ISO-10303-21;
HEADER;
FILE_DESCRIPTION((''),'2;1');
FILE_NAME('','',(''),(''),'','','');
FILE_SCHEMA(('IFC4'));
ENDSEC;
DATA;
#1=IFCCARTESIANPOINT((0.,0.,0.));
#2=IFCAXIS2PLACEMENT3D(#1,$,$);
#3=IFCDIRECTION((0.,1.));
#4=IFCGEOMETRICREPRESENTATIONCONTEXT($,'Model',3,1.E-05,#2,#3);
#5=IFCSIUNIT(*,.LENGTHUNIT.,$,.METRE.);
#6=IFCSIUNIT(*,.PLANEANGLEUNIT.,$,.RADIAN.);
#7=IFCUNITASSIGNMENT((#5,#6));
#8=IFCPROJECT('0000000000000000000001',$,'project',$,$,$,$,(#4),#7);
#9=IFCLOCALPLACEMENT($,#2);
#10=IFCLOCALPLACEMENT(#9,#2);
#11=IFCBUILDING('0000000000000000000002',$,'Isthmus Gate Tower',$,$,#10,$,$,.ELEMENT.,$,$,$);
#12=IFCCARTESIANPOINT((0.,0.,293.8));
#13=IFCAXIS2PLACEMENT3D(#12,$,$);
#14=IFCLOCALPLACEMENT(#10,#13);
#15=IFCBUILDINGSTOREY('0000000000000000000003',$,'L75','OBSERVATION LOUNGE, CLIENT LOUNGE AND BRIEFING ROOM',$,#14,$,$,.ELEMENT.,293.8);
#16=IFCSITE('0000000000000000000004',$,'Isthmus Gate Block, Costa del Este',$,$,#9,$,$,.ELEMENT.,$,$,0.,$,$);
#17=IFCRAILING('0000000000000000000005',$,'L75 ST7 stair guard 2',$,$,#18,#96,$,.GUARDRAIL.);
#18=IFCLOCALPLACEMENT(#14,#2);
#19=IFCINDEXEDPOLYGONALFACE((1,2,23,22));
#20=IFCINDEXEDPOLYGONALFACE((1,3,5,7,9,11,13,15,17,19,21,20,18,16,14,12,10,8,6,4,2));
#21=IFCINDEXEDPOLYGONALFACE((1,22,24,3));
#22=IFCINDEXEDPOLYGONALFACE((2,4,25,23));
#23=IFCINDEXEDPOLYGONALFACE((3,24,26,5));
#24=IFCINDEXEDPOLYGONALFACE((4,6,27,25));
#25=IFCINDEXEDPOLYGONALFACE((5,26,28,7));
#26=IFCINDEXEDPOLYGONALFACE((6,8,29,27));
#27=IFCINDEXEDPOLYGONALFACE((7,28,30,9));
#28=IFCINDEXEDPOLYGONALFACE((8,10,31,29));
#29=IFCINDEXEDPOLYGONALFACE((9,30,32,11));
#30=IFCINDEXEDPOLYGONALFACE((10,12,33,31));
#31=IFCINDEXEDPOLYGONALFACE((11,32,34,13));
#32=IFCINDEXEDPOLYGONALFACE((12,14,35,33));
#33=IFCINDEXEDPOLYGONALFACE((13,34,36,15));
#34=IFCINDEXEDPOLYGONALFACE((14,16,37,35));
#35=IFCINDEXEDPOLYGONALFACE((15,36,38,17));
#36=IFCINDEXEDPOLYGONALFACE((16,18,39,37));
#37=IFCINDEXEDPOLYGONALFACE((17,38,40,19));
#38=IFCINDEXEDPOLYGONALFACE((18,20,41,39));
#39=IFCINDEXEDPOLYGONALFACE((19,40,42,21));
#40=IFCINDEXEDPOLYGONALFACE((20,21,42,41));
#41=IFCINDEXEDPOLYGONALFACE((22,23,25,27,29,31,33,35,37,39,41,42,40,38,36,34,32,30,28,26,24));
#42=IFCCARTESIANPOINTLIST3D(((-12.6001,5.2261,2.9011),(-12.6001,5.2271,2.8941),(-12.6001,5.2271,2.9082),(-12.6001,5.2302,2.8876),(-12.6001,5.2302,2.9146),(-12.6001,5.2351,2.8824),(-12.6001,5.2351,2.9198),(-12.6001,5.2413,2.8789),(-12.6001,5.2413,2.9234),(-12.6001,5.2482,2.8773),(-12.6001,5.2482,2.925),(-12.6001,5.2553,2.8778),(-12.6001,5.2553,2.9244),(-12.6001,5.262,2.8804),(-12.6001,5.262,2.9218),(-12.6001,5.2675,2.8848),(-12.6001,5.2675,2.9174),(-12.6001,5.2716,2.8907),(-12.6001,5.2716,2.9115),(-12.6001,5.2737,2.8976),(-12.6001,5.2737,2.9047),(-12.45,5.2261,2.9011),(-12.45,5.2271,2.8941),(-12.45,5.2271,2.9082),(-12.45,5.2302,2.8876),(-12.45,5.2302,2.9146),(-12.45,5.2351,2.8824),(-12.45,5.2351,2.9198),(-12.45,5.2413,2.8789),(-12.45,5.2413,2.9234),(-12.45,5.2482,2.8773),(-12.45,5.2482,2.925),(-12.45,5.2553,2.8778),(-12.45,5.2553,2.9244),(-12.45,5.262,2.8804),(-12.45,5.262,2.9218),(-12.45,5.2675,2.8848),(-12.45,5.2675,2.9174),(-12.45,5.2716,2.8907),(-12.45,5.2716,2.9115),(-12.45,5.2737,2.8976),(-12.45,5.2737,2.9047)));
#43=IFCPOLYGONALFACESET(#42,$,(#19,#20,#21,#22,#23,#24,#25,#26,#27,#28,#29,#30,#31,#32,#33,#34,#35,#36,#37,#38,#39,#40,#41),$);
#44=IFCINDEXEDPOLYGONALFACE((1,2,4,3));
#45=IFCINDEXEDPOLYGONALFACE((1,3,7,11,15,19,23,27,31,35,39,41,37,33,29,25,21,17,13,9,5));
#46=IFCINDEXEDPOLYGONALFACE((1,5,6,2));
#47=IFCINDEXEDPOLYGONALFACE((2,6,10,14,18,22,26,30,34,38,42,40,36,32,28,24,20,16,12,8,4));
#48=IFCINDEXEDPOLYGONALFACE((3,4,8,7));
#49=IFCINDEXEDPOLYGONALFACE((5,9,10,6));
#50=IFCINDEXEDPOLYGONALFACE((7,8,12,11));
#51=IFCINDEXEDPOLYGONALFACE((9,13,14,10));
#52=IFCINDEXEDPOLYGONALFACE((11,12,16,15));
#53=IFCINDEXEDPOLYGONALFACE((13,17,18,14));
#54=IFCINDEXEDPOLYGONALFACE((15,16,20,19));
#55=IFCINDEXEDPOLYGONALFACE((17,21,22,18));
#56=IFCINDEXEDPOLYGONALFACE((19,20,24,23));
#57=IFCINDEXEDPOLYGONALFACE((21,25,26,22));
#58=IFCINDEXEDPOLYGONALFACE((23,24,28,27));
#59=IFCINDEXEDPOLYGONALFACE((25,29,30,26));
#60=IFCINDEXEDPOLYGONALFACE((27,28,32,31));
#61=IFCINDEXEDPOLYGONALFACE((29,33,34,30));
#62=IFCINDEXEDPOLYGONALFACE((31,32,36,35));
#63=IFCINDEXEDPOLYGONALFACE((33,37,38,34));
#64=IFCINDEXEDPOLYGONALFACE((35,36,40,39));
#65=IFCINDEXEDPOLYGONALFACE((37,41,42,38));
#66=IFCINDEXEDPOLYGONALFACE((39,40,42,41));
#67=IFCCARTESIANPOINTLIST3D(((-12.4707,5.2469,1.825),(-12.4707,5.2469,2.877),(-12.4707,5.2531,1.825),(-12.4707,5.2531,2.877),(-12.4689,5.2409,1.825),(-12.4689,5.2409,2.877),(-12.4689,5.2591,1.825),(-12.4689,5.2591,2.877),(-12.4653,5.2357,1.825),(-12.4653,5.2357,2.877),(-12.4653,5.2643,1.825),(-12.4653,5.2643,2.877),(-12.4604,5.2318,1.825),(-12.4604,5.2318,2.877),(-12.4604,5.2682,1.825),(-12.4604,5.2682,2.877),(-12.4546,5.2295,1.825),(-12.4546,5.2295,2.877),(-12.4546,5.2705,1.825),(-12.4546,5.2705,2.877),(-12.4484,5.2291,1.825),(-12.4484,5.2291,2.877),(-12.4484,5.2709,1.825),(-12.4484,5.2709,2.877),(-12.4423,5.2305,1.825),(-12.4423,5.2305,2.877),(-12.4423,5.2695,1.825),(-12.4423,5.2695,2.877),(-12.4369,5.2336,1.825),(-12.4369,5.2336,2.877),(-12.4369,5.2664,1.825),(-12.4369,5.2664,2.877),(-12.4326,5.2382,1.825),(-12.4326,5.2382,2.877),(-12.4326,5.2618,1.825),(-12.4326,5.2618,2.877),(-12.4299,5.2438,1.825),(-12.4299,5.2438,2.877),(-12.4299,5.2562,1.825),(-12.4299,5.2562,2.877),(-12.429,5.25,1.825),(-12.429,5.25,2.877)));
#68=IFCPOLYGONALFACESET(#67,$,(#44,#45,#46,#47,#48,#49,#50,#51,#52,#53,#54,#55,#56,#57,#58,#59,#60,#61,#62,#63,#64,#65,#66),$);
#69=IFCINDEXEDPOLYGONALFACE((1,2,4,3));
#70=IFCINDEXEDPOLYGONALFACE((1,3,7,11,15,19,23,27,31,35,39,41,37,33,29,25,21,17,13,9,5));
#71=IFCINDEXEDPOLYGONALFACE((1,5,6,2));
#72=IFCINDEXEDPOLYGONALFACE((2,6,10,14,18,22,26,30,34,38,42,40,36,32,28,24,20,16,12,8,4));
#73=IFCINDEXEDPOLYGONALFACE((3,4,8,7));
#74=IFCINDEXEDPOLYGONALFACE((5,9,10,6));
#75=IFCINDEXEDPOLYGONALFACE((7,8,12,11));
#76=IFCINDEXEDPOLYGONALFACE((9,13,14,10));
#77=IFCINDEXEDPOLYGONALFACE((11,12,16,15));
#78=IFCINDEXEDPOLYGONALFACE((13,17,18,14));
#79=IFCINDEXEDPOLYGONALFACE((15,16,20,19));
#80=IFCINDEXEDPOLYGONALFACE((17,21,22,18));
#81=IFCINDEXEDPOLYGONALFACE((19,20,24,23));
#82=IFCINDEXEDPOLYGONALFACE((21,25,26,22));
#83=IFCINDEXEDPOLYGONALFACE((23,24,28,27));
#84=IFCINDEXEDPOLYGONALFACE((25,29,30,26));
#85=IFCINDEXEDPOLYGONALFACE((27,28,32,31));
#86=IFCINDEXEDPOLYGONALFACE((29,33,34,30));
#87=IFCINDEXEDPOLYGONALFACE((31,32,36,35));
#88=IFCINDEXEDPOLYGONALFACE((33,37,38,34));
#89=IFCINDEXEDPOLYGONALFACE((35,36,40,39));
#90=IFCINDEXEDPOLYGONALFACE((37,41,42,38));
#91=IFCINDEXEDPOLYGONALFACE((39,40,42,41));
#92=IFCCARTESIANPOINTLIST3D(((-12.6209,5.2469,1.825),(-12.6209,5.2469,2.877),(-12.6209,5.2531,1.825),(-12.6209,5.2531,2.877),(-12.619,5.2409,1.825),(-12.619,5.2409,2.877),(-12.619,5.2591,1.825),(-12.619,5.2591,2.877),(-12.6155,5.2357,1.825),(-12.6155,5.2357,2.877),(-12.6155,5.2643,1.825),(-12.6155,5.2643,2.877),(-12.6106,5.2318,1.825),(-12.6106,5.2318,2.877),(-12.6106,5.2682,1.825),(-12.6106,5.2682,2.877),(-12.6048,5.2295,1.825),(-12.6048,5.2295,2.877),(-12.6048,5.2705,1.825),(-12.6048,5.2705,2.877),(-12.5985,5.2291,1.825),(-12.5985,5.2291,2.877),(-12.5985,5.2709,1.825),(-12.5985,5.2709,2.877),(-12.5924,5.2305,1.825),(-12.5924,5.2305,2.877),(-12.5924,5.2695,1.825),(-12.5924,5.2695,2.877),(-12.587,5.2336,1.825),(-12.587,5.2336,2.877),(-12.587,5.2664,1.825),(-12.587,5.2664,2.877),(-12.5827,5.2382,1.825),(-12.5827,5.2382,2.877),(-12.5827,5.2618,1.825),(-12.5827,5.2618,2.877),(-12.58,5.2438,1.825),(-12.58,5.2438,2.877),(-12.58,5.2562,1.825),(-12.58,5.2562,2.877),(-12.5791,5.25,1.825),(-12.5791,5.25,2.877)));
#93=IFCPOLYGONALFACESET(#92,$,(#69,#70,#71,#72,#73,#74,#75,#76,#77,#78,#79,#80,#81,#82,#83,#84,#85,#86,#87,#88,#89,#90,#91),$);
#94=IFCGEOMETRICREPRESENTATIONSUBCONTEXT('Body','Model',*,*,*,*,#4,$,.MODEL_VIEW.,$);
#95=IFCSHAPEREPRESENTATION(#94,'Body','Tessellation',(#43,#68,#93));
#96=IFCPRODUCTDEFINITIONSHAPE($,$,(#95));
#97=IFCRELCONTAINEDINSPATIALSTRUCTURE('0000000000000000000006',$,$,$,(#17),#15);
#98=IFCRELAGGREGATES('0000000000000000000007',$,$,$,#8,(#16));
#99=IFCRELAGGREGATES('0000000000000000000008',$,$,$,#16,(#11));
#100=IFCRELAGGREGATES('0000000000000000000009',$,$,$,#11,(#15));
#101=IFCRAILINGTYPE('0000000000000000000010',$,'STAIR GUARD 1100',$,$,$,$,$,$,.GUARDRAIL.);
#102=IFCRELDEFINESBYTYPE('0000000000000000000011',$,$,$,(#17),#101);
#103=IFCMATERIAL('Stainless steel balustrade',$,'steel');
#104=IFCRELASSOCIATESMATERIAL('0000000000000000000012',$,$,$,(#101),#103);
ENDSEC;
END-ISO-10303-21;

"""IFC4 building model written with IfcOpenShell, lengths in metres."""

from ifc_helpers import new_model, si_unit, direction, frame, origin, origin_2d, place, context, subcontext, project, spatial, circle, extrude, material, type_object, element, save


model = new_model("IFC4")

# Units and contexts
model_context = context("Model", 3, precision=1e-05, world=origin(), true_north=direction((0.0, 1.0)))
body_context = subcontext(model_context, "Body", "Model", "MODEL_VIEW")
ifc_project = project(units=[si_unit("LENGTHUNIT", "METRE"), si_unit("PLANEANGLEUNIT", "RADIAN")], contexts=[model_context])

# Site, building, storey
site_placement = place(None, origin())
site = spatial("IfcSite", under=ifc_project, at=site_placement, Name="Isthmus Gate Block, Costa del Este", CompositionType="ELEMENT", RefElevation=0.0)
building_placement = place(site_placement, origin())
building = spatial("IfcBuilding", under=site, at=building_placement, Name="Isthmus Gate Tower", CompositionType="ELEMENT")
storey_placement = place(building_placement, frame((0.0, 0.0, 293.8)))
storey = spatial("IfcBuildingStorey", under=building, at=storey_placement, Name="L75", Description="OBSERVATION LOUNGE, CLIENT LOUNGE AND BRIEFING ROOM", CompositionType="ELEMENT", Elevation=293.8)

# Railing
ifc_material_1 = material(Name="Stainless steel balustrade", Category="steel")
railing_type_1 = type_object("IfcRailingType", Name="STAIR GUARD 1100", PredefinedType="GUARDRAIL", material=ifc_material_1)
railing_1_placement = place(storey_placement, frame((-12.45, 5.25, 1.825)))
element("IfcRailing", 1, at=railing_1_placement, inside=storey, type_object=railing_type_1, Name="L75 ST7 stair guard 2", PredefinedType="GUARDRAIL", context=body_context, shape_type="SweptSolid", body=[
    extrude(circle(Radius=0.0239, at=origin_2d()), frame((0.0, 0.0, 1.0762), z_axis=(-1.0, 0.0, 0.0), x_axis=(0.0, -1.0, 0.0)), (0.0, 0.0, 1.0), 0.1501),
    extrude(circle(Radius=0.021, at=origin_2d()), origin(), (0.0, 0.0, 1.0), 1.052),
    extrude(circle(Radius=0.021, at=origin_2d()), frame((-0.1501, 0.0, 0.0)), (0.0, 0.0, 1.0), 1.052),
])

save(model, "model.ifc")
